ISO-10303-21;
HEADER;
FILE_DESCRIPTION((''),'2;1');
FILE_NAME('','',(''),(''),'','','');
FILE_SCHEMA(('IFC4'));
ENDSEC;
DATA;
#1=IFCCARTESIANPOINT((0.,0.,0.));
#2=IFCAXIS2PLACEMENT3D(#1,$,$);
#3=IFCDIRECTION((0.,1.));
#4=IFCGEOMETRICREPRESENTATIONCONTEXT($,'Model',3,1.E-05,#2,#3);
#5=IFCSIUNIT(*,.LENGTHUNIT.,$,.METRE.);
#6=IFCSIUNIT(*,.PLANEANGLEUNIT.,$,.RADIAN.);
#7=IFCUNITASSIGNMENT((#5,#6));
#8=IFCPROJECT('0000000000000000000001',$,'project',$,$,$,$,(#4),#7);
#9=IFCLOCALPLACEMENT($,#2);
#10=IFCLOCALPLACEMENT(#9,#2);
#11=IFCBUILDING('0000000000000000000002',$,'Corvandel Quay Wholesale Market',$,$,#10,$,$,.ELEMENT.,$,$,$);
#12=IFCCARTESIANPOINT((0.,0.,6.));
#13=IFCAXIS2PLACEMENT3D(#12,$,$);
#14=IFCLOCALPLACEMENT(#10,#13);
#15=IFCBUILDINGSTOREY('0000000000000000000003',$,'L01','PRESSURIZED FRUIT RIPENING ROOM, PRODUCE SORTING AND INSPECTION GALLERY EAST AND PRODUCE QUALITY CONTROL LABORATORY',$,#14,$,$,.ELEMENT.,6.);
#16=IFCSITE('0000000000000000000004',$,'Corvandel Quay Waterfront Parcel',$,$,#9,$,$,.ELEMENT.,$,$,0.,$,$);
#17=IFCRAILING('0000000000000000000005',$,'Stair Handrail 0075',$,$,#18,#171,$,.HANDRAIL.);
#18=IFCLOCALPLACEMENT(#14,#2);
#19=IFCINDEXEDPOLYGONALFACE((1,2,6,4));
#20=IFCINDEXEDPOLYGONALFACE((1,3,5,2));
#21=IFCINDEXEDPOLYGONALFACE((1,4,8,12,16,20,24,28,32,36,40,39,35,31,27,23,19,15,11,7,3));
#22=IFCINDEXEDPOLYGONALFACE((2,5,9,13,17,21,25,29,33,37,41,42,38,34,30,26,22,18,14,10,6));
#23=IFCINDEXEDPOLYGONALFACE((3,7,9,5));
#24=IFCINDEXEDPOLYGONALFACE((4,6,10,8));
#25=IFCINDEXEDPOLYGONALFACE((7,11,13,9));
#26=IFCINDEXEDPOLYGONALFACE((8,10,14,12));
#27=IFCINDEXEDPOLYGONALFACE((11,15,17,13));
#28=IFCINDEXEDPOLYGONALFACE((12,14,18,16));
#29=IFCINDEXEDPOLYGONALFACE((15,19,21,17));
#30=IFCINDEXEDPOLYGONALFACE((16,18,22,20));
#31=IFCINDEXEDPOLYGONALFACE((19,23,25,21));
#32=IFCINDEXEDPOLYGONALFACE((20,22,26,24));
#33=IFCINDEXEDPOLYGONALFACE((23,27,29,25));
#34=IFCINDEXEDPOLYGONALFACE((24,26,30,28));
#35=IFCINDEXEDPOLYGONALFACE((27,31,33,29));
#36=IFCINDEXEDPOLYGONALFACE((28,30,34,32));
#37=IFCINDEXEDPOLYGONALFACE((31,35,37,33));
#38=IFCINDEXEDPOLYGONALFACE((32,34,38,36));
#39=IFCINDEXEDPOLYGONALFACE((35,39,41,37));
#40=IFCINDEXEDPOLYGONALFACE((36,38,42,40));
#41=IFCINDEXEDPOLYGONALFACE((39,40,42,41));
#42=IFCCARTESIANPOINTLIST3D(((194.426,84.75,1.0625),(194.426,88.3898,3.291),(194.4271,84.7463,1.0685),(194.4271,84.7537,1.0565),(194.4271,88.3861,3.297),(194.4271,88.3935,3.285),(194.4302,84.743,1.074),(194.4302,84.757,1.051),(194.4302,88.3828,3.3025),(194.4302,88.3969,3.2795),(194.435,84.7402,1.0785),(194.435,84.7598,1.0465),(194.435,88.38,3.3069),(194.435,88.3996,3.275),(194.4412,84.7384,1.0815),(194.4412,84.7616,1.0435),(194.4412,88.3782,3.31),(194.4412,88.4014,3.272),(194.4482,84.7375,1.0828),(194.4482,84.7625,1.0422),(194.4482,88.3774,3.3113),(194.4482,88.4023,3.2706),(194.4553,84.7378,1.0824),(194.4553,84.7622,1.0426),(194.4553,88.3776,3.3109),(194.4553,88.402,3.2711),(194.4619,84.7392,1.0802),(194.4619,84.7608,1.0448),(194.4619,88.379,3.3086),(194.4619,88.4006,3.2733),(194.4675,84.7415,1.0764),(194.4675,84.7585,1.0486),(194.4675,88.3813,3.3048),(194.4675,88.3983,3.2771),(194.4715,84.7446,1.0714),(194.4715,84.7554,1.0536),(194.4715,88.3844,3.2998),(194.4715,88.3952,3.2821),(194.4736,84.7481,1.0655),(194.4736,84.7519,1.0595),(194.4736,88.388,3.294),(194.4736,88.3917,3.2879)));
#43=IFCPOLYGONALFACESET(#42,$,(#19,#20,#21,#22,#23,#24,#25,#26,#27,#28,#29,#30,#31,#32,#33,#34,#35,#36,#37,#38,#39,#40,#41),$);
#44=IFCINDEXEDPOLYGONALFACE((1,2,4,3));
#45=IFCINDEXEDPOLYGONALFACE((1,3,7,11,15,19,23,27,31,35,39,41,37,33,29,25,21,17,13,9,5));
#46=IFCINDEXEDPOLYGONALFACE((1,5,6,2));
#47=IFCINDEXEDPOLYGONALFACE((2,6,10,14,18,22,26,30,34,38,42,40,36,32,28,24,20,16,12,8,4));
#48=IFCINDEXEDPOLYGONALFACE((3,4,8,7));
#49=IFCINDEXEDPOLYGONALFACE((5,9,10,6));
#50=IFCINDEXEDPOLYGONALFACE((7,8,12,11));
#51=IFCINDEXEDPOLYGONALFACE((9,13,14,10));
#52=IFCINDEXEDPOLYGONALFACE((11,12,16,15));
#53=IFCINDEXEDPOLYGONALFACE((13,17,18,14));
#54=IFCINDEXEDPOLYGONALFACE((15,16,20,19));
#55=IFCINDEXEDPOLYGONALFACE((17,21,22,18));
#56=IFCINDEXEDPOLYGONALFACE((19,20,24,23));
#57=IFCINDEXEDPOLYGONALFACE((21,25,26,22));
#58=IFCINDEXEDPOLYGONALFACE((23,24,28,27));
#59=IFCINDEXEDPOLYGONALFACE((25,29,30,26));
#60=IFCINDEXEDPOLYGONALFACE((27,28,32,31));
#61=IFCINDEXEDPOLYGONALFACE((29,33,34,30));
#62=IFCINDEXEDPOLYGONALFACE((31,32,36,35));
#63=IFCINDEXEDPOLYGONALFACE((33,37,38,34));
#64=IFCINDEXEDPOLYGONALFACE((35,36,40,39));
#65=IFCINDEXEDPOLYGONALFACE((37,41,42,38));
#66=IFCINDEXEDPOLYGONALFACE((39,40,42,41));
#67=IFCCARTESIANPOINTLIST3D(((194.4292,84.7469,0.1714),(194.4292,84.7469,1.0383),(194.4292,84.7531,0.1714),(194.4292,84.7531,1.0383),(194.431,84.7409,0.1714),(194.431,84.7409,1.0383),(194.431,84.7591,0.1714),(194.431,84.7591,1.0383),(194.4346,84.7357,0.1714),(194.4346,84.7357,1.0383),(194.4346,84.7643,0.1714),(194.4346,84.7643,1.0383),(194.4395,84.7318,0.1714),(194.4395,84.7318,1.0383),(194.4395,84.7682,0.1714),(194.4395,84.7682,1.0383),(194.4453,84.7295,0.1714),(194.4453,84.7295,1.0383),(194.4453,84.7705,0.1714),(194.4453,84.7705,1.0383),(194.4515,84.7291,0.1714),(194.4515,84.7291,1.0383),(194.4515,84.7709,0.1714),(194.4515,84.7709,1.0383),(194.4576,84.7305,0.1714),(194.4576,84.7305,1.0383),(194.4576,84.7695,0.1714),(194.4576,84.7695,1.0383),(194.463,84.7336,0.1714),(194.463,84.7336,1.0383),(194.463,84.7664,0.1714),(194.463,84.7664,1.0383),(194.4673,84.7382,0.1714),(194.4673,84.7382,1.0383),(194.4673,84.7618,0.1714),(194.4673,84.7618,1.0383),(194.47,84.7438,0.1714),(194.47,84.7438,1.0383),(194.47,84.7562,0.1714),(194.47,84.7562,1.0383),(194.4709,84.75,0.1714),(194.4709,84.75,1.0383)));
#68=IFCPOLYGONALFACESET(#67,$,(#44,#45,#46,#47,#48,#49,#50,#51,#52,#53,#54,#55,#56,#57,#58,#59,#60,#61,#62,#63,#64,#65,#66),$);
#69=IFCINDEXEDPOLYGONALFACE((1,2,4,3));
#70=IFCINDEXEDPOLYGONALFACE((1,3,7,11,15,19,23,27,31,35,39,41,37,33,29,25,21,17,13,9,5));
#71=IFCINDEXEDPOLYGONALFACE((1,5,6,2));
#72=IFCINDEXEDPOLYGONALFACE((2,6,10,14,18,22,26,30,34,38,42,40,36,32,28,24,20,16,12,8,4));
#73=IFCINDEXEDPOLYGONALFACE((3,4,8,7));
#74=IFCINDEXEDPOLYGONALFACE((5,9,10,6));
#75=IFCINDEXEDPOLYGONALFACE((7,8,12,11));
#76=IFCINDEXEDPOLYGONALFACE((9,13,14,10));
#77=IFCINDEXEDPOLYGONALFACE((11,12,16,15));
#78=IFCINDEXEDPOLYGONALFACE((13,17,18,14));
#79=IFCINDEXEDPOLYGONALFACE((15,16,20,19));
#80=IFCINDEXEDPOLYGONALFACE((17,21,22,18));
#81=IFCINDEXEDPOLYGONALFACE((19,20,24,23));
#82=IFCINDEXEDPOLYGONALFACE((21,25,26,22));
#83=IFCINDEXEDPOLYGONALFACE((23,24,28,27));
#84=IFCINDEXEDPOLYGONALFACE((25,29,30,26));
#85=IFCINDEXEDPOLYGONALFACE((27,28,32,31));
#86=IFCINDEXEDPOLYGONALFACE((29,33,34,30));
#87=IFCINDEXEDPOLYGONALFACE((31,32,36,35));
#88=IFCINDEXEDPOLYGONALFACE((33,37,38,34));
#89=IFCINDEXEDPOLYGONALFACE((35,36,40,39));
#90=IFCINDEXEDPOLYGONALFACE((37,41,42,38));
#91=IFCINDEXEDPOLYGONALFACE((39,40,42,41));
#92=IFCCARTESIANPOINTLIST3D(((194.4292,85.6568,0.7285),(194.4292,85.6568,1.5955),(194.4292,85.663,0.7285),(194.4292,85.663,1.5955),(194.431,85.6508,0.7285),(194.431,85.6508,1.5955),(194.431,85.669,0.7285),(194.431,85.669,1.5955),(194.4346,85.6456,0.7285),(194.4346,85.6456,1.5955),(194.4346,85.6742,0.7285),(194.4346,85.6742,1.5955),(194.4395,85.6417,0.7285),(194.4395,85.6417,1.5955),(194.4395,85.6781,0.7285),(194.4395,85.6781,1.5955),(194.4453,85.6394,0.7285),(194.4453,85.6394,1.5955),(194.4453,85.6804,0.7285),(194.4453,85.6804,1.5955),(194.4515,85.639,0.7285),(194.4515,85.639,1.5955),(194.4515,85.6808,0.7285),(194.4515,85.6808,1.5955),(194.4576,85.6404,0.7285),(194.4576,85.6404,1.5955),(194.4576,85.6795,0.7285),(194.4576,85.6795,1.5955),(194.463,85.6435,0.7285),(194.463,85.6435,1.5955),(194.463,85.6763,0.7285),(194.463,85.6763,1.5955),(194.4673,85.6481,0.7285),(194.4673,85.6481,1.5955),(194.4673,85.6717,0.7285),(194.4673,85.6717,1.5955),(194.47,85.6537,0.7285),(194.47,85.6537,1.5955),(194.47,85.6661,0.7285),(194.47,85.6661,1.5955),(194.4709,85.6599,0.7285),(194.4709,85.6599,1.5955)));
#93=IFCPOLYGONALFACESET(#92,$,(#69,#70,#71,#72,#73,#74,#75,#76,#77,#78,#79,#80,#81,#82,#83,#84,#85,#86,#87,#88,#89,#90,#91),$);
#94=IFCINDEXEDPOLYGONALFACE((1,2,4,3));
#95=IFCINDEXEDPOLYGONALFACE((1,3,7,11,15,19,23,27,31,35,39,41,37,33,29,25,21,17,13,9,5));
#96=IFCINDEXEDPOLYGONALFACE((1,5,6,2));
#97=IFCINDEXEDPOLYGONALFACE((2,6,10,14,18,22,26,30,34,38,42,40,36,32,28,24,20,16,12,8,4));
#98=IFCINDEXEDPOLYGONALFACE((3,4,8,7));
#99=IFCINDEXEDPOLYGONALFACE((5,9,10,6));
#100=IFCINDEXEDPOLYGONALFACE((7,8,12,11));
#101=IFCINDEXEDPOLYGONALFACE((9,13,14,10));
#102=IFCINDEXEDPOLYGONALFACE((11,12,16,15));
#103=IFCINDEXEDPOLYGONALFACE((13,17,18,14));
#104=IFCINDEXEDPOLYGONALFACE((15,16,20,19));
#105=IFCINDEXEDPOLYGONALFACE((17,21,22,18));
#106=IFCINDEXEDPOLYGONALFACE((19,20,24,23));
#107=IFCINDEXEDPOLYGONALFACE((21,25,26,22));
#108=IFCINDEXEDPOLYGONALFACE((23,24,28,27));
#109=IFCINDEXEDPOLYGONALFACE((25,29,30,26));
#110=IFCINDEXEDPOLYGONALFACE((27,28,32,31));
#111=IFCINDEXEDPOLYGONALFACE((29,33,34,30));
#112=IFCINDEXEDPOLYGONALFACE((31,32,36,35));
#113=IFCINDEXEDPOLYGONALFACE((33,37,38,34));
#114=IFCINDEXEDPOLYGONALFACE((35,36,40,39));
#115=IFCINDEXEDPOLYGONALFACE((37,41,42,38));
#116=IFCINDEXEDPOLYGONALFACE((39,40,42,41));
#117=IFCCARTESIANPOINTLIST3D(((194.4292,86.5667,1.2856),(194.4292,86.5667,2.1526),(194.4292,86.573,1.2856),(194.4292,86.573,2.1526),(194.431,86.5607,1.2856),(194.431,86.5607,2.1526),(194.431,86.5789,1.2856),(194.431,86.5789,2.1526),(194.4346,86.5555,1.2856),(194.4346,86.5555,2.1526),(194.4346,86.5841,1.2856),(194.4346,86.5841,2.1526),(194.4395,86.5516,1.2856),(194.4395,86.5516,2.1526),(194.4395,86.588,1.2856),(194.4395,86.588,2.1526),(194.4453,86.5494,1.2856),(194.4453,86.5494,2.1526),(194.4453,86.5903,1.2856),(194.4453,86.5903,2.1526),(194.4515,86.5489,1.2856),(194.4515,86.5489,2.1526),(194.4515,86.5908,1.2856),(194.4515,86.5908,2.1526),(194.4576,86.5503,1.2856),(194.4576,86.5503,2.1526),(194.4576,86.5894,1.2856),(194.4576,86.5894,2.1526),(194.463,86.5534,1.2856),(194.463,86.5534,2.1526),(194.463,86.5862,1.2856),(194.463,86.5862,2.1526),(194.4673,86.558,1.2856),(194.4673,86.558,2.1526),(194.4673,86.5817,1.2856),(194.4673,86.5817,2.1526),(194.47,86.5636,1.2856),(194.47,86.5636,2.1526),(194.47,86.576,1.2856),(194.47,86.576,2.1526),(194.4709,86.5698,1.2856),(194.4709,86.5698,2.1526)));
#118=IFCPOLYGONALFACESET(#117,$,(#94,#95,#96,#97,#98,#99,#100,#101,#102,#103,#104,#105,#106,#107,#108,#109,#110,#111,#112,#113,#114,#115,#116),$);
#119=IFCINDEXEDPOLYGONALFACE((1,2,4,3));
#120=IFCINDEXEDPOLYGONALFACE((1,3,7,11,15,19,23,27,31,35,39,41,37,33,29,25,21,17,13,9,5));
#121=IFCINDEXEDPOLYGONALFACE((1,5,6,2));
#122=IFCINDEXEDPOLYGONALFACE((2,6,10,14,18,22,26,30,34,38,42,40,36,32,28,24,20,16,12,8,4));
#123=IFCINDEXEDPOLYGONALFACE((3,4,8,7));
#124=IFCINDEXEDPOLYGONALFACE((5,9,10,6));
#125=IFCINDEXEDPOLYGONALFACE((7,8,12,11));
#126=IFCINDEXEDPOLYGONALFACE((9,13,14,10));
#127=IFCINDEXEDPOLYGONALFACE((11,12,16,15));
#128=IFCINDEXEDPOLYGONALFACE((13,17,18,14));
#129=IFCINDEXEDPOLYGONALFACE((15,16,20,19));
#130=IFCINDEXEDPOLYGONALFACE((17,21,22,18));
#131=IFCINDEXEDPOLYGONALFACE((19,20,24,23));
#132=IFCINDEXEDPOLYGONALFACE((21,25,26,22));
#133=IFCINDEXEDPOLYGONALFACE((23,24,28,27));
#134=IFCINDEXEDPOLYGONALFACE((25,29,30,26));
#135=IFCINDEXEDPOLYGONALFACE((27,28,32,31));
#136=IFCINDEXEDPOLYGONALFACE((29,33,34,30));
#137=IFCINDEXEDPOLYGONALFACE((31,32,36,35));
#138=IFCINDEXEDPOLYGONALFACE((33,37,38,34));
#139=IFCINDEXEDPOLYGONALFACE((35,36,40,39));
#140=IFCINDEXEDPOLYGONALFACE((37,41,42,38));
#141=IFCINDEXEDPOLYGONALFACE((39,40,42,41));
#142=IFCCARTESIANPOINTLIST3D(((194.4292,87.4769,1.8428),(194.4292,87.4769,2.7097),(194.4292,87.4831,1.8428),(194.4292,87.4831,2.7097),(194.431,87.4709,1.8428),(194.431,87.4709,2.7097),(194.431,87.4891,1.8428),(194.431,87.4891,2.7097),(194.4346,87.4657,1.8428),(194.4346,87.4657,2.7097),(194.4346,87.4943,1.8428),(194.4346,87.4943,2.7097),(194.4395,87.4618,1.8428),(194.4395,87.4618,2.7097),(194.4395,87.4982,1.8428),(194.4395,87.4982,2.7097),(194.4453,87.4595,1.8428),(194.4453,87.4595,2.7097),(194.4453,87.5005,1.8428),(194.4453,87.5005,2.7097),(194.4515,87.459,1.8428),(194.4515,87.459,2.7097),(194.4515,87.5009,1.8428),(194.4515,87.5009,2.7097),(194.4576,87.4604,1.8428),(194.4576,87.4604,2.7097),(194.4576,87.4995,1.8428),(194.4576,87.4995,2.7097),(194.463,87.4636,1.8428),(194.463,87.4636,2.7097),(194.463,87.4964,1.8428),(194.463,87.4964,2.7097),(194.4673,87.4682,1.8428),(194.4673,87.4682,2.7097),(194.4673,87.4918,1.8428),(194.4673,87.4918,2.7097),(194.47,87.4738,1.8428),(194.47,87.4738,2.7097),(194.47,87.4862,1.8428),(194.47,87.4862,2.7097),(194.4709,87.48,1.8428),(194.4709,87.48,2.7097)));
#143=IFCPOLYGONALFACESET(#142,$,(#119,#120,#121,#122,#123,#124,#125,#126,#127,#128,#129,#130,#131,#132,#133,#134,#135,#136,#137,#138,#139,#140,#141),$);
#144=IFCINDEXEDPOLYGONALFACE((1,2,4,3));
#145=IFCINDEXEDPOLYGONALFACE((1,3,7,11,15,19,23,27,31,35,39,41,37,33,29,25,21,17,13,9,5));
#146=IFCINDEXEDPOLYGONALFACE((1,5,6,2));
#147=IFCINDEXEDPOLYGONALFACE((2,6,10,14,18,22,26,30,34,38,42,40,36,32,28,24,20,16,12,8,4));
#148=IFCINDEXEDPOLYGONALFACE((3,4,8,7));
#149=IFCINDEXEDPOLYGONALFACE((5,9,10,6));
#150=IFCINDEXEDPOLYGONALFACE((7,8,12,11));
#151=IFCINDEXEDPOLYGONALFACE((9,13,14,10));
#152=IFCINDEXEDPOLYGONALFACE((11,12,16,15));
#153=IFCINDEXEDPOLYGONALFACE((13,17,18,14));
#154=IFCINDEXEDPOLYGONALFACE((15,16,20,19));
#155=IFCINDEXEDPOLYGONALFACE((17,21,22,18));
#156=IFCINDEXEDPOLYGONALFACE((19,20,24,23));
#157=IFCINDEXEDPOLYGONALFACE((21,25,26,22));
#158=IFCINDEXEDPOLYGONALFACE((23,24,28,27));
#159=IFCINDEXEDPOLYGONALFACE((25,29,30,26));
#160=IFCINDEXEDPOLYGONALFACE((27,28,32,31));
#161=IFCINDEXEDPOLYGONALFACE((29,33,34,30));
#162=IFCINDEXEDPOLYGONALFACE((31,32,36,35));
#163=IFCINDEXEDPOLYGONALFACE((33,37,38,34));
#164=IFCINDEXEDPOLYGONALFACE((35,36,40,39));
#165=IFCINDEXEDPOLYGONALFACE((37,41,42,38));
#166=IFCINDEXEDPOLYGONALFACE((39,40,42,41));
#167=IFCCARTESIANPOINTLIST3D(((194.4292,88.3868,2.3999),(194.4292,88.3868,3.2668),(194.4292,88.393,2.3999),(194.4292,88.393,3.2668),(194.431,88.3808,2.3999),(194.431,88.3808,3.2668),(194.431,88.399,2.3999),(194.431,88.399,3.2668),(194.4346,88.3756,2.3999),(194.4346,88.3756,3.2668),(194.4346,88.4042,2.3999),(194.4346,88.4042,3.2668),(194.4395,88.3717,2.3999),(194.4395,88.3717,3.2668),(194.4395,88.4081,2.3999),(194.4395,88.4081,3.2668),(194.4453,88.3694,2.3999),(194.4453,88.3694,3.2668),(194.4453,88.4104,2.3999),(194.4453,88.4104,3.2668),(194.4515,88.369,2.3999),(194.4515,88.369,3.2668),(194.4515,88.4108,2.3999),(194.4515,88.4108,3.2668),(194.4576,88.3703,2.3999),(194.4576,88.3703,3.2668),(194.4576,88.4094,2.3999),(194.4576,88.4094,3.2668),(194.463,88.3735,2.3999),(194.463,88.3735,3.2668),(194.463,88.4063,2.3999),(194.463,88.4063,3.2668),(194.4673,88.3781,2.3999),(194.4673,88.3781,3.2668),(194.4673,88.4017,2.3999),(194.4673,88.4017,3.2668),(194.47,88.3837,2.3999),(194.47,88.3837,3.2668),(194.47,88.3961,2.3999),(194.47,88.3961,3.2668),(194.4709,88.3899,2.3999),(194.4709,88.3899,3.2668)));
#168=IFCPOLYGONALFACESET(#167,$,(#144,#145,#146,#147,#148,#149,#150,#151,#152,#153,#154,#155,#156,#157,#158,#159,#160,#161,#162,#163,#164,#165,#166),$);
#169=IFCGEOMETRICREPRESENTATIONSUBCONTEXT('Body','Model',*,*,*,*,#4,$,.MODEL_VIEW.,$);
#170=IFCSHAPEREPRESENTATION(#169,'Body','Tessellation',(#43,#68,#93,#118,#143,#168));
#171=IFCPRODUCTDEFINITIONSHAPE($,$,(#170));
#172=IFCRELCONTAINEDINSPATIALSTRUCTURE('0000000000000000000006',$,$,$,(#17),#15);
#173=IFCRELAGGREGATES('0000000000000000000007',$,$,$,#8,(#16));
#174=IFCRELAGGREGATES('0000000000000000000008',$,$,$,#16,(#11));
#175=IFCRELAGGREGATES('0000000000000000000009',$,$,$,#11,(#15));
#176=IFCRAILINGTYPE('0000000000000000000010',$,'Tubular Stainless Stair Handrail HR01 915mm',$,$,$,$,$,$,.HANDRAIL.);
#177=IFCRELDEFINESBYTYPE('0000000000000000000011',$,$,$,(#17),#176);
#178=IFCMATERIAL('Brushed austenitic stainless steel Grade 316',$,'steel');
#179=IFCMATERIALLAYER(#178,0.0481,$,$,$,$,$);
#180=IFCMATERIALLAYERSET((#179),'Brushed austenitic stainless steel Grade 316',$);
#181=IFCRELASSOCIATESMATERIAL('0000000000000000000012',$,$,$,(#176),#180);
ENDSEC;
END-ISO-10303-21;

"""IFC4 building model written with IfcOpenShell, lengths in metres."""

from ifc_helpers import new_model, si_unit, direction, frame, origin, origin_2d, place, context, subcontext, project, spatial, circle, extrude, material, layer, layer_set, type_object, element, save


model = new_model("IFC4")

# Units and contexts
model_context = context("Model", 3, precision=1e-05, world=origin(), true_north=direction((0.0, 1.0)))
body_context = subcontext(model_context, "Body", "Model", "MODEL_VIEW")
ifc_project = project(units=[si_unit("LENGTHUNIT", "METRE"), si_unit("PLANEANGLEUNIT", "RADIAN")], contexts=[model_context])

# Site, building, storey
site_placement = place(None, origin())
site = spatial("IfcSite", under=ifc_project, at=site_placement, Name="Corvandel Quay Waterfront Parcel", CompositionType="ELEMENT", RefElevation=0.0)
building_placement = place(site_placement, origin())
building = spatial("IfcBuilding", under=site, at=building_placement, Name="Corvandel Quay Wholesale Market", CompositionType="ELEMENT")
storey_placement = place(building_placement, frame((0.0, 0.0, 6.0)))
storey = spatial("IfcBuildingStorey", under=building, at=storey_placement, Name="L01", Description="PRESSURIZED FRUIT RIPENING ROOM, PRODUCE SORTING AND INSPECTION GALLERY EAST AND PRODUCE QUALITY CONTROL LABORATORY", CompositionType="ELEMENT", Elevation=6.0)

# Railing
ifc_material_1 = material(Name="Brushed austenitic stainless steel Grade 316", Category="steel")
ifc_layer_1 = layer(ifc_material_1, 0.0481)
ifc_layer_set_1 = layer_set([ifc_layer_1], Name="Brushed austenitic stainless steel Grade 316")
railing_type_1 = type_object("IfcRailingType", Name="Tubular Stainless Stair Handrail HR01 915mm", PredefinedType="HANDRAIL", material=ifc_layer_set_1)
for number, where, name in (
    (1, (194.45, 84.75, 0.1714), "Stair Handrail 0075"),
):
    element("IfcRailing", number, at=place(storey_placement, frame(where)), inside=storey, type_object=railing_type_1, Name=name, PredefinedType="HANDRAIL", context=body_context, shape_type="SweptSolid", body=[
        extrude(circle(Radius=0.0239, at=origin_2d()), frame((0.0, 0.0, 0.8911), z_axis=(0.0, 0.85285, 0.522156), x_axis=(-1.0, 0.0, 0.0)), (0.0, 0.0, 1.0), 4.2678),
        extrude(circle(Radius=0.021, at=origin_2d()), origin(), (0.0, 0.0, 1.0), 0.8669),
        extrude(circle(Radius=0.021, at=origin_2d()), frame((0.0, 0.9099, 0.5571)), (0.0, 0.0, 1.0), 0.8669),
        extrude(circle(Radius=0.021, at=origin_2d()), frame((0.0, 1.8198, 1.1143)), (0.0, 0.0, 1.0), 0.8669),
        extrude(circle(Radius=0.021, at=origin_2d()), frame((0.0, 2.73, 1.6714)), (0.0, 0.0, 1.0), 0.8669),
        extrude(circle(Radius=0.021, at=origin_2d()), frame((0.0, 3.6399, 2.2285)), (0.0, 0.0, 1.0), 0.8669),
    ])

save(model, "model.ifc")
